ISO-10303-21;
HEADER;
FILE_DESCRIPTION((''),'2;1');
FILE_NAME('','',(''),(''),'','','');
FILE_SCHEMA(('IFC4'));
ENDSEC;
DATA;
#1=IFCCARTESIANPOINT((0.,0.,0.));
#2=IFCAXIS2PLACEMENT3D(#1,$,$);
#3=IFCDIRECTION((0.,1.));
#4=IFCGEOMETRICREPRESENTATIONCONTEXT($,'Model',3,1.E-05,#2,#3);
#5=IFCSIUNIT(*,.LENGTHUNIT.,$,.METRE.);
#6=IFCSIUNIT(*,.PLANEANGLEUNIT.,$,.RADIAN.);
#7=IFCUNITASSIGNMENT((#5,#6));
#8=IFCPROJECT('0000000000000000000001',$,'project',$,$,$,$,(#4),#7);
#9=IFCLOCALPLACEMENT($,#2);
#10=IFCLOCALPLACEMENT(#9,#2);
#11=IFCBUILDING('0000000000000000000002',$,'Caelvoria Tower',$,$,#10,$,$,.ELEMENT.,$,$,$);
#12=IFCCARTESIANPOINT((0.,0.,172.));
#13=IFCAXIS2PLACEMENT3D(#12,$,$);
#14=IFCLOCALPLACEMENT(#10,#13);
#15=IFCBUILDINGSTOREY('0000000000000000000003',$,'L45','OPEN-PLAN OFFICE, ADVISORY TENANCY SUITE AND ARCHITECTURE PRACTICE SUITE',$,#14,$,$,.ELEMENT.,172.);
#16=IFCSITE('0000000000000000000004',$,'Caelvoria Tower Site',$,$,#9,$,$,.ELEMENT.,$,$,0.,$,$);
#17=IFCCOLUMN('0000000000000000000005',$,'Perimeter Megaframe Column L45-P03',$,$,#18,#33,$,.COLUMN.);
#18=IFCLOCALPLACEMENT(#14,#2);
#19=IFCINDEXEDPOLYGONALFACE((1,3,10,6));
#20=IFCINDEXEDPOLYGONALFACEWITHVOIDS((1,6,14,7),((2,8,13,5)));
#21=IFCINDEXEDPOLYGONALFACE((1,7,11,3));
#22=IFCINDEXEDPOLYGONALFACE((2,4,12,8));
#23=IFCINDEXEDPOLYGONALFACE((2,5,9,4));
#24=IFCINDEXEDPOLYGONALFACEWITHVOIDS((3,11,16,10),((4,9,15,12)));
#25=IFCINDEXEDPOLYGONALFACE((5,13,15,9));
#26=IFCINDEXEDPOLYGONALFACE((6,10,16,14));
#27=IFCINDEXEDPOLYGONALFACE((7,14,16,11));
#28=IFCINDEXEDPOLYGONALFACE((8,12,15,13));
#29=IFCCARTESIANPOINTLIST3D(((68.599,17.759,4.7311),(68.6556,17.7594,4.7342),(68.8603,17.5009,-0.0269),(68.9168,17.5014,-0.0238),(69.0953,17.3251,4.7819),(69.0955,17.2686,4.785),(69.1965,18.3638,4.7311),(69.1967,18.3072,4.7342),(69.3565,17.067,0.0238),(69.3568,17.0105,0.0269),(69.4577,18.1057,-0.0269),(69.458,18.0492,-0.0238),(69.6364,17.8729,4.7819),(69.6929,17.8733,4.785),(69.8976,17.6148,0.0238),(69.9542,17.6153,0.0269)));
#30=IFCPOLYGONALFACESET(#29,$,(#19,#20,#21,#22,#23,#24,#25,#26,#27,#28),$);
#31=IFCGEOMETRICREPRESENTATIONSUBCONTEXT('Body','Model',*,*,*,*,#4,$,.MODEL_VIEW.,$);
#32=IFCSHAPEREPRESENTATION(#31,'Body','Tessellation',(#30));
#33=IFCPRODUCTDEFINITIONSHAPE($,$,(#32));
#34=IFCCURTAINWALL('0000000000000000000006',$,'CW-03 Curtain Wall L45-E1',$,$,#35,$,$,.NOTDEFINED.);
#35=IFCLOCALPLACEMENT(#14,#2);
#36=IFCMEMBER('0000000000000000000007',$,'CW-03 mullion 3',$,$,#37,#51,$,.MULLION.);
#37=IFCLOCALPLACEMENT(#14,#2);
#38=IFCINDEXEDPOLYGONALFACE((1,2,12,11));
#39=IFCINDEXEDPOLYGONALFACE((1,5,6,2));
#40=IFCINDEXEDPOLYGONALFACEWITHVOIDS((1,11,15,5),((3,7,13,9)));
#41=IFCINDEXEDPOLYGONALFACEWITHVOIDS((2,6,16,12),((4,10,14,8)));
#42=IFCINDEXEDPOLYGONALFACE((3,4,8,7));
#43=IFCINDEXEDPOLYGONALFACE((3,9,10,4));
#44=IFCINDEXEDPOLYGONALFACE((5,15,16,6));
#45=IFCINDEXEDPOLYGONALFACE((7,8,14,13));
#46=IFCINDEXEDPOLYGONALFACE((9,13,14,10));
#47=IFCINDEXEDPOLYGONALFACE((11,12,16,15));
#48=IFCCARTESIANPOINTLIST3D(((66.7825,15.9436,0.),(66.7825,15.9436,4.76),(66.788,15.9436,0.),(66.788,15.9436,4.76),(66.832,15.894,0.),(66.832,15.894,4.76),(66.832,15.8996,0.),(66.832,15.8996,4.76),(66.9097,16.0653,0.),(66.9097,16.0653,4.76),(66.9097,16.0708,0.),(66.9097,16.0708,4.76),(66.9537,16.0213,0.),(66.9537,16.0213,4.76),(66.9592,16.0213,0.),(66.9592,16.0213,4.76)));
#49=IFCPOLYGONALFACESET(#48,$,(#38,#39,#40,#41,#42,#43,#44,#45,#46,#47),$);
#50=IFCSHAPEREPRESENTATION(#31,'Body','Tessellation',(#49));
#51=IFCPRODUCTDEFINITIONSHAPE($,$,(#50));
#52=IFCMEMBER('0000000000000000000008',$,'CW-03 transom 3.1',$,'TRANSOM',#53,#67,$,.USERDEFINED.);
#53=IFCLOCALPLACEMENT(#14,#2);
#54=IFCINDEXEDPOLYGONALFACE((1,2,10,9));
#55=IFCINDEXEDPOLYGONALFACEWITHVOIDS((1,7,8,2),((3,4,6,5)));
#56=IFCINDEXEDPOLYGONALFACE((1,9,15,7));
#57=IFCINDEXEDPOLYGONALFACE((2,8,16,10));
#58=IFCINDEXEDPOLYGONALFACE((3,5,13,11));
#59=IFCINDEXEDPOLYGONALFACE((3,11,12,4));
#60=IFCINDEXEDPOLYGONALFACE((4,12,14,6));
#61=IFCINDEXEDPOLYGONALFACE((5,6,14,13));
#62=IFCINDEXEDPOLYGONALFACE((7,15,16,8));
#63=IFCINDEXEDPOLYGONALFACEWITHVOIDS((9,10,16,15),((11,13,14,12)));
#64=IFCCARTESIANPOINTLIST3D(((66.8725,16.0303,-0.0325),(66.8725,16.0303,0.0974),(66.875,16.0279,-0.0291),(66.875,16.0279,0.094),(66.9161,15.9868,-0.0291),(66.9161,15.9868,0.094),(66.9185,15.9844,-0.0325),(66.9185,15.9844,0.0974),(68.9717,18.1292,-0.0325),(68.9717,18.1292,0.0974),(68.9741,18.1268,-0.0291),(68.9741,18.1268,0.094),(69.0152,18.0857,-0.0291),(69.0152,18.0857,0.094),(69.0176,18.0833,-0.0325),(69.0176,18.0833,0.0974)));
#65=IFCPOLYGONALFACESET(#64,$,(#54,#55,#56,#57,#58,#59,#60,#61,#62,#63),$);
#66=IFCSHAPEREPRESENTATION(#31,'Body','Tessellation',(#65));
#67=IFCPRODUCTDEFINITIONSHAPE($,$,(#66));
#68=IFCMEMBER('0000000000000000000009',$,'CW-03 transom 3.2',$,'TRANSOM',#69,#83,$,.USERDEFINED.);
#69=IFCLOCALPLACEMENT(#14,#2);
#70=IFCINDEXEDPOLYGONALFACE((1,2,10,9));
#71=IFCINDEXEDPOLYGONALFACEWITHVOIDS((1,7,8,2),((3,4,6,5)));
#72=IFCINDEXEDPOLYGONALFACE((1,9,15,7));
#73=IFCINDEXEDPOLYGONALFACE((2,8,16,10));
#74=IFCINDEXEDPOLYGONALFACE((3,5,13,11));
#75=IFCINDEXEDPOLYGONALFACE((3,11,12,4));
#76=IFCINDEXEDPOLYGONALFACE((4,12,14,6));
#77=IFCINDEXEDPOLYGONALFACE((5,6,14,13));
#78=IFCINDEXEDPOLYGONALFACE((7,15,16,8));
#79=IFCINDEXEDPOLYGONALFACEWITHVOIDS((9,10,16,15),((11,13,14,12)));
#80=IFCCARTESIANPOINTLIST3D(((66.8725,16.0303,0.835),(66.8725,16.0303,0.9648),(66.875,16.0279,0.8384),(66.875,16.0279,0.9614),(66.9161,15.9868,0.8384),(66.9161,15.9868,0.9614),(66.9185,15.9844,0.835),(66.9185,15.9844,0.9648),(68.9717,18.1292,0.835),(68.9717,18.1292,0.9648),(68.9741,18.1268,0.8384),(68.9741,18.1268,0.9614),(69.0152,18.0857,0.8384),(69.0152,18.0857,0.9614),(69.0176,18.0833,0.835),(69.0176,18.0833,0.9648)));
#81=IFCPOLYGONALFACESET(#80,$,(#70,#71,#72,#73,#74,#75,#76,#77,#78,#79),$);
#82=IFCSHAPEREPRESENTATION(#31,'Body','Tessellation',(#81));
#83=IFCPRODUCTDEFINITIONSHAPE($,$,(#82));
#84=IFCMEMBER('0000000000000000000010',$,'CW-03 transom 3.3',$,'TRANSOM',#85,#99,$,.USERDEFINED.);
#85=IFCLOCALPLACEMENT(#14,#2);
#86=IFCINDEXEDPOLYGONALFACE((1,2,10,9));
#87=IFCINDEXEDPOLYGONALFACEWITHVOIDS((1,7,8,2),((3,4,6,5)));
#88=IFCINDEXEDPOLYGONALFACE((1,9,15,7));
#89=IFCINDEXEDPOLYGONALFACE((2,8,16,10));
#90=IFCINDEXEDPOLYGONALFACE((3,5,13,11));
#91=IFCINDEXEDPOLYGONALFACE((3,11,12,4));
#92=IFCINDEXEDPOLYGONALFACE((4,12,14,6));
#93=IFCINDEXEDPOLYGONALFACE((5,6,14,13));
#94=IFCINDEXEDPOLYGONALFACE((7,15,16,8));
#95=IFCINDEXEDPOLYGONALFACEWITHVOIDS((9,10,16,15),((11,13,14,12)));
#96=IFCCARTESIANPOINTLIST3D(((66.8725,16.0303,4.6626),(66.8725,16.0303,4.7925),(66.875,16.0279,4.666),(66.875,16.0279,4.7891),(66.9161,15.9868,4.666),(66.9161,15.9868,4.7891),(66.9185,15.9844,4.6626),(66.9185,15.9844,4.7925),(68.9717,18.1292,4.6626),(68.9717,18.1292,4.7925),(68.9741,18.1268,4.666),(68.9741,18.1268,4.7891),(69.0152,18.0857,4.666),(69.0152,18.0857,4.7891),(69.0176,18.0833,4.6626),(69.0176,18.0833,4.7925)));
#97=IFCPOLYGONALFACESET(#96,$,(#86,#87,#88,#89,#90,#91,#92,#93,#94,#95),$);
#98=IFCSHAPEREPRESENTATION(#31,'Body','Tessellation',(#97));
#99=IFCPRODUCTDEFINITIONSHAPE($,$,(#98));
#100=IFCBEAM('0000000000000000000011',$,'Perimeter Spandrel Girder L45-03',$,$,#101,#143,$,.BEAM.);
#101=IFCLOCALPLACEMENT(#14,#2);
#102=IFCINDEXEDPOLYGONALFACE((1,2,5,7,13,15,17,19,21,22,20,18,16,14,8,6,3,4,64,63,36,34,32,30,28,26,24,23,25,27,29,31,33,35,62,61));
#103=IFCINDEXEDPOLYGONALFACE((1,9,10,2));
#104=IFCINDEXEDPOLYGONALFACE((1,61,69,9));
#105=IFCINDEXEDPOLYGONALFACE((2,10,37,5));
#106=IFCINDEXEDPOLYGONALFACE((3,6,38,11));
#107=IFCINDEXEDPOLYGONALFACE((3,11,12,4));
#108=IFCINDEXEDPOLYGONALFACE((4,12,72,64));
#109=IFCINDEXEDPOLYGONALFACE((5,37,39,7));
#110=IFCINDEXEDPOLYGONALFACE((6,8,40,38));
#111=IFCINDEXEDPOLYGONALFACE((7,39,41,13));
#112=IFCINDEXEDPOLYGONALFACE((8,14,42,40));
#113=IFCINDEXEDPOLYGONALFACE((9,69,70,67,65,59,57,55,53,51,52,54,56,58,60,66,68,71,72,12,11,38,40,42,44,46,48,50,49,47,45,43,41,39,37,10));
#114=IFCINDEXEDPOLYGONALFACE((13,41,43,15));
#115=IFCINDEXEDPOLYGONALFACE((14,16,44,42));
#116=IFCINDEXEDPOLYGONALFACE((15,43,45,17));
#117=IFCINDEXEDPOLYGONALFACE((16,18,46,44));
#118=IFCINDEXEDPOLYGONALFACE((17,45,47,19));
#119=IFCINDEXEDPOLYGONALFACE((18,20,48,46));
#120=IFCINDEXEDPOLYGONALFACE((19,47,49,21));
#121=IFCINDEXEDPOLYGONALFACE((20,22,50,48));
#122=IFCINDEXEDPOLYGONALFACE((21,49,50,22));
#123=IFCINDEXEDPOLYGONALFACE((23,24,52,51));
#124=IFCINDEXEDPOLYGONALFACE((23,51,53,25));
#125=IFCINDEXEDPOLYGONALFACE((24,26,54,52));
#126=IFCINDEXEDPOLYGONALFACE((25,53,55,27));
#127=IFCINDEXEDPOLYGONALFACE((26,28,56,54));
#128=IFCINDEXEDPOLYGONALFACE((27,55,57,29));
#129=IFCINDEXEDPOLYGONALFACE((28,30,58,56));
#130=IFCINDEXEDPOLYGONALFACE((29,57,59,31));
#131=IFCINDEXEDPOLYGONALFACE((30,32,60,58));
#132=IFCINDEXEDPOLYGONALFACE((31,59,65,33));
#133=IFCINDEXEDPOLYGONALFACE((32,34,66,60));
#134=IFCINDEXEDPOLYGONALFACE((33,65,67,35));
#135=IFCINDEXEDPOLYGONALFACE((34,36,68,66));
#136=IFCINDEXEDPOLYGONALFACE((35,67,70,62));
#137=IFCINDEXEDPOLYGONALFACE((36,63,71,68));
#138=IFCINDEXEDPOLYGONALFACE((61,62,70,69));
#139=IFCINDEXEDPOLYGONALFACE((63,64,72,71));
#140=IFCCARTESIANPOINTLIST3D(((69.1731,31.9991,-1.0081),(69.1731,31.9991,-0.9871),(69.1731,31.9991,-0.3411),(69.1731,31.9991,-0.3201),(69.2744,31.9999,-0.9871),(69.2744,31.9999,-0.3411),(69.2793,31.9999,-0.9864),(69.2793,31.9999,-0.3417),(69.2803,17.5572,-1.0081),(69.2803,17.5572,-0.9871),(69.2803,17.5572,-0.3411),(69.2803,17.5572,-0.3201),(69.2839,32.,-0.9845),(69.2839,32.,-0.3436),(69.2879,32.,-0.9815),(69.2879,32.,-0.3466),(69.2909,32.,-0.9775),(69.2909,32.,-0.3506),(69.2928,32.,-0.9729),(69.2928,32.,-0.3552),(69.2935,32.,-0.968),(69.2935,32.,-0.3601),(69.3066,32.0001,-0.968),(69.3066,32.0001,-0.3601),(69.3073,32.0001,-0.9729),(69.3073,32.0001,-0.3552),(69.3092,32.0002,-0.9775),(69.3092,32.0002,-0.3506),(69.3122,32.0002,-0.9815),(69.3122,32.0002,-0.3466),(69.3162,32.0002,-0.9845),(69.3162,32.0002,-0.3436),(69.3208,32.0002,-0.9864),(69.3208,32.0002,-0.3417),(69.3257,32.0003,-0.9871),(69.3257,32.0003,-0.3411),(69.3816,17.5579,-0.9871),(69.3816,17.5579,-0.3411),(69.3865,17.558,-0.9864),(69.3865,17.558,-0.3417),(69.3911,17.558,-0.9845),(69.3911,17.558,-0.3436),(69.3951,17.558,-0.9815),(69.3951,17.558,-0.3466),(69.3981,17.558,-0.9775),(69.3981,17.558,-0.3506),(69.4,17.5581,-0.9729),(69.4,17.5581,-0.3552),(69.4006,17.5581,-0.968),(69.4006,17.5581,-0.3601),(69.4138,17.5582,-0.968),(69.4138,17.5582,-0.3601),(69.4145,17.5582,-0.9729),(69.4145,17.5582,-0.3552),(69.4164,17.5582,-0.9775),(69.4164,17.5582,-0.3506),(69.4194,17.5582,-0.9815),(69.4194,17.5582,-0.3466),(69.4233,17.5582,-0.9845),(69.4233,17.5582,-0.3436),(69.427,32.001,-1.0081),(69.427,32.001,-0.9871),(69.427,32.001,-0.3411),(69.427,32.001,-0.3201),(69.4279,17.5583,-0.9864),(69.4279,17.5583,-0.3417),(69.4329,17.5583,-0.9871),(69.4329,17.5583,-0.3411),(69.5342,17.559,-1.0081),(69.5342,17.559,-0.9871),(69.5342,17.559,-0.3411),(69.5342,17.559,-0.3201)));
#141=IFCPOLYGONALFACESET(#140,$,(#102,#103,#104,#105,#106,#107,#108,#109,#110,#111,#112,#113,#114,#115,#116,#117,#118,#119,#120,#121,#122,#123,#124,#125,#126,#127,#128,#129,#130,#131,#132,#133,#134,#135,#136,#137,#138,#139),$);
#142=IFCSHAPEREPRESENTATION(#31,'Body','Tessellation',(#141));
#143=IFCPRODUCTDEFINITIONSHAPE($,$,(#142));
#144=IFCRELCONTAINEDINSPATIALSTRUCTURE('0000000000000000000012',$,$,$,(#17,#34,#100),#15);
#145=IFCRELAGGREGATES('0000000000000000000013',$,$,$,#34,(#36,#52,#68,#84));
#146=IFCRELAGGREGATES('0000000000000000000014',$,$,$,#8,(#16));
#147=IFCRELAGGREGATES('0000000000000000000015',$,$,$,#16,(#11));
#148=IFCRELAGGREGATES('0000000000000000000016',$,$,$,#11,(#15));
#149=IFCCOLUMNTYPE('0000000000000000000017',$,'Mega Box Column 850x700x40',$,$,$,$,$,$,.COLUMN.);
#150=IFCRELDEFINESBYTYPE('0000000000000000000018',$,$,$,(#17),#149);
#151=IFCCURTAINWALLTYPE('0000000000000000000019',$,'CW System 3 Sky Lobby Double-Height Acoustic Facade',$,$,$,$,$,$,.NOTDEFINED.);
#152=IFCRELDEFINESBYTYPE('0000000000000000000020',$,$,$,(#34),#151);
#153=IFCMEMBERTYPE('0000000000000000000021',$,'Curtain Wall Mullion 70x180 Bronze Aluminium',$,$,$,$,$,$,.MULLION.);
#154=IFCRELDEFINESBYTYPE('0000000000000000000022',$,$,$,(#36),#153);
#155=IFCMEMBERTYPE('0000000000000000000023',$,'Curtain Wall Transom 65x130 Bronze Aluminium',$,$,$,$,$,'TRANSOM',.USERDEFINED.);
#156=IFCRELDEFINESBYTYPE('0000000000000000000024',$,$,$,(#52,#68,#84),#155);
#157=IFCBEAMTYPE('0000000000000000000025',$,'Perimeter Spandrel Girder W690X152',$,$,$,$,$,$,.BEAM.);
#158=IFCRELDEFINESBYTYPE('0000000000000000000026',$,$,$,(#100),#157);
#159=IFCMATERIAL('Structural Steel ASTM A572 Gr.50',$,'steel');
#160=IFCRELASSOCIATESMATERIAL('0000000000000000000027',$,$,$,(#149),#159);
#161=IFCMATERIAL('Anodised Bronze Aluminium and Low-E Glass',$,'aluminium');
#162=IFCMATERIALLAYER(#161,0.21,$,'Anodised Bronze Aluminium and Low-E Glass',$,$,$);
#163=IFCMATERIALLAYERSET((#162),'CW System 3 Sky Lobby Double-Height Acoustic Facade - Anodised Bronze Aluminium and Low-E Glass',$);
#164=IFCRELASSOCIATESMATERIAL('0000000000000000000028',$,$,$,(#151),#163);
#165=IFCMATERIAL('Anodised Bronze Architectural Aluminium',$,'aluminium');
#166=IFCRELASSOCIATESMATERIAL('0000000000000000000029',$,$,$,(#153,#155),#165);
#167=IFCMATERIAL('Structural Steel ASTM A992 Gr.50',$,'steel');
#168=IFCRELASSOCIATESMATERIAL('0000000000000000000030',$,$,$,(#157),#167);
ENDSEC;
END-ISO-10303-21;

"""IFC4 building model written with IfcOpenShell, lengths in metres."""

from ifc_helpers import new_model, si_unit, direction, frame, origin, origin_2d, place, context, subcontext, project, spatial, hollow_rectangle, i_section, extrude, material, layer, layer_set, material_profile, profile_set, type_object, element, aggregate, save


model = new_model("IFC4")

# Units and contexts
model_context = context("Model", 3, precision=1e-05, world=origin(), true_north=direction((0.0, 1.0)))
body_context = subcontext(model_context, "Body", "Model", "MODEL_VIEW")
ifc_project = project(units=[si_unit("LENGTHUNIT", "METRE"), si_unit("PLANEANGLEUNIT", "RADIAN")], contexts=[model_context])

# Site, building, storey
site_placement = place(None, origin())
site = spatial("IfcSite", under=ifc_project, at=site_placement, Name="Caelvoria Tower Site", CompositionType="ELEMENT", RefElevation=0.0)
building_placement = place(site_placement, origin())
building = spatial("IfcBuilding", under=site, at=building_placement, Name="Caelvoria Tower", CompositionType="ELEMENT")
storey_placement = place(building_placement, frame((0.0, 0.0, 172.0)))
storey = spatial("IfcBuildingStorey", under=building, at=storey_placement, Name="L45", Description="OPEN-PLAN OFFICE, ADVISORY TENANCY SUITE AND ARCHITECTURE PRACTICE SUITE", CompositionType="ELEMENT", Elevation=172.0)

# Column
ifc_material_1 = material(Name="Structural Steel ASTM A572 Gr.50", Category="steel")
ifc_material_profile_1 = material_profile(ifc_material_1, hollow_rectangle(XDim=0.7, YDim=0.8501, WallThickness=0.04, at=origin_2d()), Name="Structural Steel ASTM A572 Gr.50")
ifc_profile_set_1 = profile_set([ifc_material_profile_1], Name="BOX850X700X40 - Structural Steel ASTM A572 Gr.50")
column_type = type_object("IfcColumnType", Name="Mega Box Column 850x700x40", PredefinedType="COLUMN", material=ifc_profile_set_1)
column_placement = place(storey_placement, frame((69.4072, 17.5581, 0.0), z_axis=(-0.05474, 0.054075, 0.997035), x_axis=(0.709306, -0.700688, 0.076945)))
element("IfcColumn", 1, at=column_placement, inside=storey, type_object=column_type, Name="Perimeter Megaframe Column L45-P03", PredefinedType="COLUMN", context=body_context, shape_type="SweptSolid", body=[
    extrude(hollow_rectangle(XDim=0.7, YDim=0.8501, WallThickness=0.04, at=origin_2d()), origin(), (0.0, 0.0, 1.0), 4.7722),
])

# Curtain wall, members
ifc_material_2 = material(Name="Anodised Bronze Aluminium and Low-E Glass", Category="aluminium")
ifc_layer_1 = layer(ifc_material_2, 0.21, Name="Anodised Bronze Aluminium and Low-E Glass")
ifc_layer_set_1 = layer_set([ifc_layer_1], Name="CW System 3 Sky Lobby Double-Height Acoustic Facade - Anodised Bronze Aluminium and Low-E Glass")
curtain_wall_type = type_object("IfcCurtainWallType", Name="CW System 3 Sky Lobby Double-Height Acoustic Facade", PredefinedType="NOTDEFINED", material=ifc_layer_set_1)
curtain_wall_placement = place(storey_placement, origin())
curtain_wall = element("IfcCurtainWall", 2, at=curtain_wall_placement, inside=storey, type_object=curtain_wall_type, Name="CW-03 Curtain Wall L45-E1", PredefinedType="NOTDEFINED")
ifc_material_3 = material(Name="Anodised Bronze Architectural Aluminium", Category="aluminium")
ifc_material_profile_2 = material_profile(ifc_material_3, hollow_rectangle(XDim=0.0701, YDim=0.1799, WallThickness=0.0039, at=origin_2d()), Name="Anodised Bronze Architectural Aluminium")
ifc_profile_set_2 = profile_set([ifc_material_profile_2], Name="CW_MULL_70X180 - Anodised Bronze Architectural Aluminium")
member_type_1 = type_object("IfcMemberType", Name="Curtain Wall Mullion 70x180 Bronze Aluminium", PredefinedType="MULLION", material=ifc_profile_set_2)
member_1_placement = place(storey_placement, frame((66.8708, 15.9824, 0.0), z_axis=(0.0, 0.0, 1.0), x_axis=(-0.707107, 0.707107, 0.0)))
member_1 = element("IfcMember", 3, at=member_1_placement, type_object=member_type_1, Name="CW-03 mullion 3", PredefinedType="MULLION", context=body_context, shape_type="SweptSolid", body=[
    extrude(hollow_rectangle(XDim=0.0701, YDim=0.1799, WallThickness=0.0039, at=origin_2d()), origin(), (0.0, 0.0, 1.0), 4.76),
])
ifc_material_profile_3 = material_profile(ifc_material_3, hollow_rectangle(XDim=0.0649, YDim=0.1299, WallThickness=0.0034, at=origin_2d()), Name="Anodised Bronze Architectural Aluminium")
ifc_profile_set_3 = profile_set([ifc_material_profile_3], Name="CW_TRAN_65X130 - Anodised Bronze Architectural Aluminium")
member_type_2 = type_object("IfcMemberType", Name="Curtain Wall Transom 65x130 Bronze Aluminium", ElementType="TRANSOM", PredefinedType="USERDEFINED", material=ifc_profile_set_3)
member_2_placement = place(storey_placement, frame((66.8955, 16.0073, 0.0325), z_axis=(0.707148, 0.707066, 0.0), x_axis=(-0.707066, 0.707148, 0.0)))
member_2 = element("IfcMember", 4, at=member_2_placement, type_object=member_type_2, Name="CW-03 transom 3.1", ObjectType="TRANSOM", PredefinedType="USERDEFINED", context=body_context, shape_type="SweptSolid", body=[
    extrude(hollow_rectangle(XDim=0.0649, YDim=0.1299, WallThickness=0.0034, at=origin_2d()), origin(), (0.0, 0.0, 1.0), 2.9685),
])
member_3_placement = place(storey_placement, frame((66.8955, 16.0073, 0.8999), z_axis=(0.707148, 0.707066, 0.0), x_axis=(-0.707066, 0.707148, 0.0)))
member_3 = element("IfcMember", 5, at=member_3_placement, type_object=member_type_2, Name="CW-03 transom 3.2", ObjectType="TRANSOM", PredefinedType="USERDEFINED", context=body_context, shape_type="SweptSolid", body=[
    extrude(hollow_rectangle(XDim=0.0649, YDim=0.1299, WallThickness=0.0034, at=origin_2d()), origin(), (0.0, 0.0, 1.0), 2.9685),
])
member_4_placement = place(storey_placement, frame((66.8955, 16.0073, 4.7275), z_axis=(0.707148, 0.707066, 0.0), x_axis=(-0.707066, 0.707148, 0.0)))
member_4 = element("IfcMember", 6, at=member_4_placement, type_object=member_type_2, Name="CW-03 transom 3.3", ObjectType="TRANSOM", PredefinedType="USERDEFINED", context=body_context, shape_type="SweptSolid", body=[
    extrude(hollow_rectangle(XDim=0.0649, YDim=0.1299, WallThickness=0.0034, at=origin_2d()), origin(), (0.0, 0.0, 1.0), 2.9685),
])

# Beam
ifc_material_4 = material(Name="Structural Steel ASTM A992 Gr.50", Category="steel")
ifc_material_profile_4 = material_profile(ifc_material_4, i_section(OverallWidth=0.2539, OverallDepth=0.688, WebThickness=0.0132, FlangeThickness=0.021, FilletRadius=0.019, at=origin_2d()), Name="Structural Steel ASTM A992 Gr.50")
ifc_profile_set_4 = profile_set([ifc_material_profile_4], Name="W690X152 - Structural Steel ASTM A992 Gr.50")
beam_type = type_object("IfcBeamType", Name="Perimeter Spandrel Girder W690X152", PredefinedType="BEAM", material=ifc_profile_set_4)
beam_placement = place(storey_placement, frame((69.4072, 17.5581, -0.6641), z_axis=(-0.007421, 0.999972, 0.0), x_axis=(-0.999972, -0.007421, 0.0)))
element("IfcBeam", 7, at=beam_placement, inside=storey, type_object=beam_type, Name="Perimeter Spandrel Girder L45-03", PredefinedType="BEAM", context=body_context, shape_type="SweptSolid", body=[
    extrude(i_section(OverallWidth=0.2539, OverallDepth=0.688, WebThickness=0.0132, FlangeThickness=0.021, FilletRadius=0.019, at=origin_2d()), origin(), (0.0, 0.0, 1.0), 14.4424),
])

aggregate(curtain_wall, [member_1, member_2, member_3, member_4])

save(model, "model.ifc")
